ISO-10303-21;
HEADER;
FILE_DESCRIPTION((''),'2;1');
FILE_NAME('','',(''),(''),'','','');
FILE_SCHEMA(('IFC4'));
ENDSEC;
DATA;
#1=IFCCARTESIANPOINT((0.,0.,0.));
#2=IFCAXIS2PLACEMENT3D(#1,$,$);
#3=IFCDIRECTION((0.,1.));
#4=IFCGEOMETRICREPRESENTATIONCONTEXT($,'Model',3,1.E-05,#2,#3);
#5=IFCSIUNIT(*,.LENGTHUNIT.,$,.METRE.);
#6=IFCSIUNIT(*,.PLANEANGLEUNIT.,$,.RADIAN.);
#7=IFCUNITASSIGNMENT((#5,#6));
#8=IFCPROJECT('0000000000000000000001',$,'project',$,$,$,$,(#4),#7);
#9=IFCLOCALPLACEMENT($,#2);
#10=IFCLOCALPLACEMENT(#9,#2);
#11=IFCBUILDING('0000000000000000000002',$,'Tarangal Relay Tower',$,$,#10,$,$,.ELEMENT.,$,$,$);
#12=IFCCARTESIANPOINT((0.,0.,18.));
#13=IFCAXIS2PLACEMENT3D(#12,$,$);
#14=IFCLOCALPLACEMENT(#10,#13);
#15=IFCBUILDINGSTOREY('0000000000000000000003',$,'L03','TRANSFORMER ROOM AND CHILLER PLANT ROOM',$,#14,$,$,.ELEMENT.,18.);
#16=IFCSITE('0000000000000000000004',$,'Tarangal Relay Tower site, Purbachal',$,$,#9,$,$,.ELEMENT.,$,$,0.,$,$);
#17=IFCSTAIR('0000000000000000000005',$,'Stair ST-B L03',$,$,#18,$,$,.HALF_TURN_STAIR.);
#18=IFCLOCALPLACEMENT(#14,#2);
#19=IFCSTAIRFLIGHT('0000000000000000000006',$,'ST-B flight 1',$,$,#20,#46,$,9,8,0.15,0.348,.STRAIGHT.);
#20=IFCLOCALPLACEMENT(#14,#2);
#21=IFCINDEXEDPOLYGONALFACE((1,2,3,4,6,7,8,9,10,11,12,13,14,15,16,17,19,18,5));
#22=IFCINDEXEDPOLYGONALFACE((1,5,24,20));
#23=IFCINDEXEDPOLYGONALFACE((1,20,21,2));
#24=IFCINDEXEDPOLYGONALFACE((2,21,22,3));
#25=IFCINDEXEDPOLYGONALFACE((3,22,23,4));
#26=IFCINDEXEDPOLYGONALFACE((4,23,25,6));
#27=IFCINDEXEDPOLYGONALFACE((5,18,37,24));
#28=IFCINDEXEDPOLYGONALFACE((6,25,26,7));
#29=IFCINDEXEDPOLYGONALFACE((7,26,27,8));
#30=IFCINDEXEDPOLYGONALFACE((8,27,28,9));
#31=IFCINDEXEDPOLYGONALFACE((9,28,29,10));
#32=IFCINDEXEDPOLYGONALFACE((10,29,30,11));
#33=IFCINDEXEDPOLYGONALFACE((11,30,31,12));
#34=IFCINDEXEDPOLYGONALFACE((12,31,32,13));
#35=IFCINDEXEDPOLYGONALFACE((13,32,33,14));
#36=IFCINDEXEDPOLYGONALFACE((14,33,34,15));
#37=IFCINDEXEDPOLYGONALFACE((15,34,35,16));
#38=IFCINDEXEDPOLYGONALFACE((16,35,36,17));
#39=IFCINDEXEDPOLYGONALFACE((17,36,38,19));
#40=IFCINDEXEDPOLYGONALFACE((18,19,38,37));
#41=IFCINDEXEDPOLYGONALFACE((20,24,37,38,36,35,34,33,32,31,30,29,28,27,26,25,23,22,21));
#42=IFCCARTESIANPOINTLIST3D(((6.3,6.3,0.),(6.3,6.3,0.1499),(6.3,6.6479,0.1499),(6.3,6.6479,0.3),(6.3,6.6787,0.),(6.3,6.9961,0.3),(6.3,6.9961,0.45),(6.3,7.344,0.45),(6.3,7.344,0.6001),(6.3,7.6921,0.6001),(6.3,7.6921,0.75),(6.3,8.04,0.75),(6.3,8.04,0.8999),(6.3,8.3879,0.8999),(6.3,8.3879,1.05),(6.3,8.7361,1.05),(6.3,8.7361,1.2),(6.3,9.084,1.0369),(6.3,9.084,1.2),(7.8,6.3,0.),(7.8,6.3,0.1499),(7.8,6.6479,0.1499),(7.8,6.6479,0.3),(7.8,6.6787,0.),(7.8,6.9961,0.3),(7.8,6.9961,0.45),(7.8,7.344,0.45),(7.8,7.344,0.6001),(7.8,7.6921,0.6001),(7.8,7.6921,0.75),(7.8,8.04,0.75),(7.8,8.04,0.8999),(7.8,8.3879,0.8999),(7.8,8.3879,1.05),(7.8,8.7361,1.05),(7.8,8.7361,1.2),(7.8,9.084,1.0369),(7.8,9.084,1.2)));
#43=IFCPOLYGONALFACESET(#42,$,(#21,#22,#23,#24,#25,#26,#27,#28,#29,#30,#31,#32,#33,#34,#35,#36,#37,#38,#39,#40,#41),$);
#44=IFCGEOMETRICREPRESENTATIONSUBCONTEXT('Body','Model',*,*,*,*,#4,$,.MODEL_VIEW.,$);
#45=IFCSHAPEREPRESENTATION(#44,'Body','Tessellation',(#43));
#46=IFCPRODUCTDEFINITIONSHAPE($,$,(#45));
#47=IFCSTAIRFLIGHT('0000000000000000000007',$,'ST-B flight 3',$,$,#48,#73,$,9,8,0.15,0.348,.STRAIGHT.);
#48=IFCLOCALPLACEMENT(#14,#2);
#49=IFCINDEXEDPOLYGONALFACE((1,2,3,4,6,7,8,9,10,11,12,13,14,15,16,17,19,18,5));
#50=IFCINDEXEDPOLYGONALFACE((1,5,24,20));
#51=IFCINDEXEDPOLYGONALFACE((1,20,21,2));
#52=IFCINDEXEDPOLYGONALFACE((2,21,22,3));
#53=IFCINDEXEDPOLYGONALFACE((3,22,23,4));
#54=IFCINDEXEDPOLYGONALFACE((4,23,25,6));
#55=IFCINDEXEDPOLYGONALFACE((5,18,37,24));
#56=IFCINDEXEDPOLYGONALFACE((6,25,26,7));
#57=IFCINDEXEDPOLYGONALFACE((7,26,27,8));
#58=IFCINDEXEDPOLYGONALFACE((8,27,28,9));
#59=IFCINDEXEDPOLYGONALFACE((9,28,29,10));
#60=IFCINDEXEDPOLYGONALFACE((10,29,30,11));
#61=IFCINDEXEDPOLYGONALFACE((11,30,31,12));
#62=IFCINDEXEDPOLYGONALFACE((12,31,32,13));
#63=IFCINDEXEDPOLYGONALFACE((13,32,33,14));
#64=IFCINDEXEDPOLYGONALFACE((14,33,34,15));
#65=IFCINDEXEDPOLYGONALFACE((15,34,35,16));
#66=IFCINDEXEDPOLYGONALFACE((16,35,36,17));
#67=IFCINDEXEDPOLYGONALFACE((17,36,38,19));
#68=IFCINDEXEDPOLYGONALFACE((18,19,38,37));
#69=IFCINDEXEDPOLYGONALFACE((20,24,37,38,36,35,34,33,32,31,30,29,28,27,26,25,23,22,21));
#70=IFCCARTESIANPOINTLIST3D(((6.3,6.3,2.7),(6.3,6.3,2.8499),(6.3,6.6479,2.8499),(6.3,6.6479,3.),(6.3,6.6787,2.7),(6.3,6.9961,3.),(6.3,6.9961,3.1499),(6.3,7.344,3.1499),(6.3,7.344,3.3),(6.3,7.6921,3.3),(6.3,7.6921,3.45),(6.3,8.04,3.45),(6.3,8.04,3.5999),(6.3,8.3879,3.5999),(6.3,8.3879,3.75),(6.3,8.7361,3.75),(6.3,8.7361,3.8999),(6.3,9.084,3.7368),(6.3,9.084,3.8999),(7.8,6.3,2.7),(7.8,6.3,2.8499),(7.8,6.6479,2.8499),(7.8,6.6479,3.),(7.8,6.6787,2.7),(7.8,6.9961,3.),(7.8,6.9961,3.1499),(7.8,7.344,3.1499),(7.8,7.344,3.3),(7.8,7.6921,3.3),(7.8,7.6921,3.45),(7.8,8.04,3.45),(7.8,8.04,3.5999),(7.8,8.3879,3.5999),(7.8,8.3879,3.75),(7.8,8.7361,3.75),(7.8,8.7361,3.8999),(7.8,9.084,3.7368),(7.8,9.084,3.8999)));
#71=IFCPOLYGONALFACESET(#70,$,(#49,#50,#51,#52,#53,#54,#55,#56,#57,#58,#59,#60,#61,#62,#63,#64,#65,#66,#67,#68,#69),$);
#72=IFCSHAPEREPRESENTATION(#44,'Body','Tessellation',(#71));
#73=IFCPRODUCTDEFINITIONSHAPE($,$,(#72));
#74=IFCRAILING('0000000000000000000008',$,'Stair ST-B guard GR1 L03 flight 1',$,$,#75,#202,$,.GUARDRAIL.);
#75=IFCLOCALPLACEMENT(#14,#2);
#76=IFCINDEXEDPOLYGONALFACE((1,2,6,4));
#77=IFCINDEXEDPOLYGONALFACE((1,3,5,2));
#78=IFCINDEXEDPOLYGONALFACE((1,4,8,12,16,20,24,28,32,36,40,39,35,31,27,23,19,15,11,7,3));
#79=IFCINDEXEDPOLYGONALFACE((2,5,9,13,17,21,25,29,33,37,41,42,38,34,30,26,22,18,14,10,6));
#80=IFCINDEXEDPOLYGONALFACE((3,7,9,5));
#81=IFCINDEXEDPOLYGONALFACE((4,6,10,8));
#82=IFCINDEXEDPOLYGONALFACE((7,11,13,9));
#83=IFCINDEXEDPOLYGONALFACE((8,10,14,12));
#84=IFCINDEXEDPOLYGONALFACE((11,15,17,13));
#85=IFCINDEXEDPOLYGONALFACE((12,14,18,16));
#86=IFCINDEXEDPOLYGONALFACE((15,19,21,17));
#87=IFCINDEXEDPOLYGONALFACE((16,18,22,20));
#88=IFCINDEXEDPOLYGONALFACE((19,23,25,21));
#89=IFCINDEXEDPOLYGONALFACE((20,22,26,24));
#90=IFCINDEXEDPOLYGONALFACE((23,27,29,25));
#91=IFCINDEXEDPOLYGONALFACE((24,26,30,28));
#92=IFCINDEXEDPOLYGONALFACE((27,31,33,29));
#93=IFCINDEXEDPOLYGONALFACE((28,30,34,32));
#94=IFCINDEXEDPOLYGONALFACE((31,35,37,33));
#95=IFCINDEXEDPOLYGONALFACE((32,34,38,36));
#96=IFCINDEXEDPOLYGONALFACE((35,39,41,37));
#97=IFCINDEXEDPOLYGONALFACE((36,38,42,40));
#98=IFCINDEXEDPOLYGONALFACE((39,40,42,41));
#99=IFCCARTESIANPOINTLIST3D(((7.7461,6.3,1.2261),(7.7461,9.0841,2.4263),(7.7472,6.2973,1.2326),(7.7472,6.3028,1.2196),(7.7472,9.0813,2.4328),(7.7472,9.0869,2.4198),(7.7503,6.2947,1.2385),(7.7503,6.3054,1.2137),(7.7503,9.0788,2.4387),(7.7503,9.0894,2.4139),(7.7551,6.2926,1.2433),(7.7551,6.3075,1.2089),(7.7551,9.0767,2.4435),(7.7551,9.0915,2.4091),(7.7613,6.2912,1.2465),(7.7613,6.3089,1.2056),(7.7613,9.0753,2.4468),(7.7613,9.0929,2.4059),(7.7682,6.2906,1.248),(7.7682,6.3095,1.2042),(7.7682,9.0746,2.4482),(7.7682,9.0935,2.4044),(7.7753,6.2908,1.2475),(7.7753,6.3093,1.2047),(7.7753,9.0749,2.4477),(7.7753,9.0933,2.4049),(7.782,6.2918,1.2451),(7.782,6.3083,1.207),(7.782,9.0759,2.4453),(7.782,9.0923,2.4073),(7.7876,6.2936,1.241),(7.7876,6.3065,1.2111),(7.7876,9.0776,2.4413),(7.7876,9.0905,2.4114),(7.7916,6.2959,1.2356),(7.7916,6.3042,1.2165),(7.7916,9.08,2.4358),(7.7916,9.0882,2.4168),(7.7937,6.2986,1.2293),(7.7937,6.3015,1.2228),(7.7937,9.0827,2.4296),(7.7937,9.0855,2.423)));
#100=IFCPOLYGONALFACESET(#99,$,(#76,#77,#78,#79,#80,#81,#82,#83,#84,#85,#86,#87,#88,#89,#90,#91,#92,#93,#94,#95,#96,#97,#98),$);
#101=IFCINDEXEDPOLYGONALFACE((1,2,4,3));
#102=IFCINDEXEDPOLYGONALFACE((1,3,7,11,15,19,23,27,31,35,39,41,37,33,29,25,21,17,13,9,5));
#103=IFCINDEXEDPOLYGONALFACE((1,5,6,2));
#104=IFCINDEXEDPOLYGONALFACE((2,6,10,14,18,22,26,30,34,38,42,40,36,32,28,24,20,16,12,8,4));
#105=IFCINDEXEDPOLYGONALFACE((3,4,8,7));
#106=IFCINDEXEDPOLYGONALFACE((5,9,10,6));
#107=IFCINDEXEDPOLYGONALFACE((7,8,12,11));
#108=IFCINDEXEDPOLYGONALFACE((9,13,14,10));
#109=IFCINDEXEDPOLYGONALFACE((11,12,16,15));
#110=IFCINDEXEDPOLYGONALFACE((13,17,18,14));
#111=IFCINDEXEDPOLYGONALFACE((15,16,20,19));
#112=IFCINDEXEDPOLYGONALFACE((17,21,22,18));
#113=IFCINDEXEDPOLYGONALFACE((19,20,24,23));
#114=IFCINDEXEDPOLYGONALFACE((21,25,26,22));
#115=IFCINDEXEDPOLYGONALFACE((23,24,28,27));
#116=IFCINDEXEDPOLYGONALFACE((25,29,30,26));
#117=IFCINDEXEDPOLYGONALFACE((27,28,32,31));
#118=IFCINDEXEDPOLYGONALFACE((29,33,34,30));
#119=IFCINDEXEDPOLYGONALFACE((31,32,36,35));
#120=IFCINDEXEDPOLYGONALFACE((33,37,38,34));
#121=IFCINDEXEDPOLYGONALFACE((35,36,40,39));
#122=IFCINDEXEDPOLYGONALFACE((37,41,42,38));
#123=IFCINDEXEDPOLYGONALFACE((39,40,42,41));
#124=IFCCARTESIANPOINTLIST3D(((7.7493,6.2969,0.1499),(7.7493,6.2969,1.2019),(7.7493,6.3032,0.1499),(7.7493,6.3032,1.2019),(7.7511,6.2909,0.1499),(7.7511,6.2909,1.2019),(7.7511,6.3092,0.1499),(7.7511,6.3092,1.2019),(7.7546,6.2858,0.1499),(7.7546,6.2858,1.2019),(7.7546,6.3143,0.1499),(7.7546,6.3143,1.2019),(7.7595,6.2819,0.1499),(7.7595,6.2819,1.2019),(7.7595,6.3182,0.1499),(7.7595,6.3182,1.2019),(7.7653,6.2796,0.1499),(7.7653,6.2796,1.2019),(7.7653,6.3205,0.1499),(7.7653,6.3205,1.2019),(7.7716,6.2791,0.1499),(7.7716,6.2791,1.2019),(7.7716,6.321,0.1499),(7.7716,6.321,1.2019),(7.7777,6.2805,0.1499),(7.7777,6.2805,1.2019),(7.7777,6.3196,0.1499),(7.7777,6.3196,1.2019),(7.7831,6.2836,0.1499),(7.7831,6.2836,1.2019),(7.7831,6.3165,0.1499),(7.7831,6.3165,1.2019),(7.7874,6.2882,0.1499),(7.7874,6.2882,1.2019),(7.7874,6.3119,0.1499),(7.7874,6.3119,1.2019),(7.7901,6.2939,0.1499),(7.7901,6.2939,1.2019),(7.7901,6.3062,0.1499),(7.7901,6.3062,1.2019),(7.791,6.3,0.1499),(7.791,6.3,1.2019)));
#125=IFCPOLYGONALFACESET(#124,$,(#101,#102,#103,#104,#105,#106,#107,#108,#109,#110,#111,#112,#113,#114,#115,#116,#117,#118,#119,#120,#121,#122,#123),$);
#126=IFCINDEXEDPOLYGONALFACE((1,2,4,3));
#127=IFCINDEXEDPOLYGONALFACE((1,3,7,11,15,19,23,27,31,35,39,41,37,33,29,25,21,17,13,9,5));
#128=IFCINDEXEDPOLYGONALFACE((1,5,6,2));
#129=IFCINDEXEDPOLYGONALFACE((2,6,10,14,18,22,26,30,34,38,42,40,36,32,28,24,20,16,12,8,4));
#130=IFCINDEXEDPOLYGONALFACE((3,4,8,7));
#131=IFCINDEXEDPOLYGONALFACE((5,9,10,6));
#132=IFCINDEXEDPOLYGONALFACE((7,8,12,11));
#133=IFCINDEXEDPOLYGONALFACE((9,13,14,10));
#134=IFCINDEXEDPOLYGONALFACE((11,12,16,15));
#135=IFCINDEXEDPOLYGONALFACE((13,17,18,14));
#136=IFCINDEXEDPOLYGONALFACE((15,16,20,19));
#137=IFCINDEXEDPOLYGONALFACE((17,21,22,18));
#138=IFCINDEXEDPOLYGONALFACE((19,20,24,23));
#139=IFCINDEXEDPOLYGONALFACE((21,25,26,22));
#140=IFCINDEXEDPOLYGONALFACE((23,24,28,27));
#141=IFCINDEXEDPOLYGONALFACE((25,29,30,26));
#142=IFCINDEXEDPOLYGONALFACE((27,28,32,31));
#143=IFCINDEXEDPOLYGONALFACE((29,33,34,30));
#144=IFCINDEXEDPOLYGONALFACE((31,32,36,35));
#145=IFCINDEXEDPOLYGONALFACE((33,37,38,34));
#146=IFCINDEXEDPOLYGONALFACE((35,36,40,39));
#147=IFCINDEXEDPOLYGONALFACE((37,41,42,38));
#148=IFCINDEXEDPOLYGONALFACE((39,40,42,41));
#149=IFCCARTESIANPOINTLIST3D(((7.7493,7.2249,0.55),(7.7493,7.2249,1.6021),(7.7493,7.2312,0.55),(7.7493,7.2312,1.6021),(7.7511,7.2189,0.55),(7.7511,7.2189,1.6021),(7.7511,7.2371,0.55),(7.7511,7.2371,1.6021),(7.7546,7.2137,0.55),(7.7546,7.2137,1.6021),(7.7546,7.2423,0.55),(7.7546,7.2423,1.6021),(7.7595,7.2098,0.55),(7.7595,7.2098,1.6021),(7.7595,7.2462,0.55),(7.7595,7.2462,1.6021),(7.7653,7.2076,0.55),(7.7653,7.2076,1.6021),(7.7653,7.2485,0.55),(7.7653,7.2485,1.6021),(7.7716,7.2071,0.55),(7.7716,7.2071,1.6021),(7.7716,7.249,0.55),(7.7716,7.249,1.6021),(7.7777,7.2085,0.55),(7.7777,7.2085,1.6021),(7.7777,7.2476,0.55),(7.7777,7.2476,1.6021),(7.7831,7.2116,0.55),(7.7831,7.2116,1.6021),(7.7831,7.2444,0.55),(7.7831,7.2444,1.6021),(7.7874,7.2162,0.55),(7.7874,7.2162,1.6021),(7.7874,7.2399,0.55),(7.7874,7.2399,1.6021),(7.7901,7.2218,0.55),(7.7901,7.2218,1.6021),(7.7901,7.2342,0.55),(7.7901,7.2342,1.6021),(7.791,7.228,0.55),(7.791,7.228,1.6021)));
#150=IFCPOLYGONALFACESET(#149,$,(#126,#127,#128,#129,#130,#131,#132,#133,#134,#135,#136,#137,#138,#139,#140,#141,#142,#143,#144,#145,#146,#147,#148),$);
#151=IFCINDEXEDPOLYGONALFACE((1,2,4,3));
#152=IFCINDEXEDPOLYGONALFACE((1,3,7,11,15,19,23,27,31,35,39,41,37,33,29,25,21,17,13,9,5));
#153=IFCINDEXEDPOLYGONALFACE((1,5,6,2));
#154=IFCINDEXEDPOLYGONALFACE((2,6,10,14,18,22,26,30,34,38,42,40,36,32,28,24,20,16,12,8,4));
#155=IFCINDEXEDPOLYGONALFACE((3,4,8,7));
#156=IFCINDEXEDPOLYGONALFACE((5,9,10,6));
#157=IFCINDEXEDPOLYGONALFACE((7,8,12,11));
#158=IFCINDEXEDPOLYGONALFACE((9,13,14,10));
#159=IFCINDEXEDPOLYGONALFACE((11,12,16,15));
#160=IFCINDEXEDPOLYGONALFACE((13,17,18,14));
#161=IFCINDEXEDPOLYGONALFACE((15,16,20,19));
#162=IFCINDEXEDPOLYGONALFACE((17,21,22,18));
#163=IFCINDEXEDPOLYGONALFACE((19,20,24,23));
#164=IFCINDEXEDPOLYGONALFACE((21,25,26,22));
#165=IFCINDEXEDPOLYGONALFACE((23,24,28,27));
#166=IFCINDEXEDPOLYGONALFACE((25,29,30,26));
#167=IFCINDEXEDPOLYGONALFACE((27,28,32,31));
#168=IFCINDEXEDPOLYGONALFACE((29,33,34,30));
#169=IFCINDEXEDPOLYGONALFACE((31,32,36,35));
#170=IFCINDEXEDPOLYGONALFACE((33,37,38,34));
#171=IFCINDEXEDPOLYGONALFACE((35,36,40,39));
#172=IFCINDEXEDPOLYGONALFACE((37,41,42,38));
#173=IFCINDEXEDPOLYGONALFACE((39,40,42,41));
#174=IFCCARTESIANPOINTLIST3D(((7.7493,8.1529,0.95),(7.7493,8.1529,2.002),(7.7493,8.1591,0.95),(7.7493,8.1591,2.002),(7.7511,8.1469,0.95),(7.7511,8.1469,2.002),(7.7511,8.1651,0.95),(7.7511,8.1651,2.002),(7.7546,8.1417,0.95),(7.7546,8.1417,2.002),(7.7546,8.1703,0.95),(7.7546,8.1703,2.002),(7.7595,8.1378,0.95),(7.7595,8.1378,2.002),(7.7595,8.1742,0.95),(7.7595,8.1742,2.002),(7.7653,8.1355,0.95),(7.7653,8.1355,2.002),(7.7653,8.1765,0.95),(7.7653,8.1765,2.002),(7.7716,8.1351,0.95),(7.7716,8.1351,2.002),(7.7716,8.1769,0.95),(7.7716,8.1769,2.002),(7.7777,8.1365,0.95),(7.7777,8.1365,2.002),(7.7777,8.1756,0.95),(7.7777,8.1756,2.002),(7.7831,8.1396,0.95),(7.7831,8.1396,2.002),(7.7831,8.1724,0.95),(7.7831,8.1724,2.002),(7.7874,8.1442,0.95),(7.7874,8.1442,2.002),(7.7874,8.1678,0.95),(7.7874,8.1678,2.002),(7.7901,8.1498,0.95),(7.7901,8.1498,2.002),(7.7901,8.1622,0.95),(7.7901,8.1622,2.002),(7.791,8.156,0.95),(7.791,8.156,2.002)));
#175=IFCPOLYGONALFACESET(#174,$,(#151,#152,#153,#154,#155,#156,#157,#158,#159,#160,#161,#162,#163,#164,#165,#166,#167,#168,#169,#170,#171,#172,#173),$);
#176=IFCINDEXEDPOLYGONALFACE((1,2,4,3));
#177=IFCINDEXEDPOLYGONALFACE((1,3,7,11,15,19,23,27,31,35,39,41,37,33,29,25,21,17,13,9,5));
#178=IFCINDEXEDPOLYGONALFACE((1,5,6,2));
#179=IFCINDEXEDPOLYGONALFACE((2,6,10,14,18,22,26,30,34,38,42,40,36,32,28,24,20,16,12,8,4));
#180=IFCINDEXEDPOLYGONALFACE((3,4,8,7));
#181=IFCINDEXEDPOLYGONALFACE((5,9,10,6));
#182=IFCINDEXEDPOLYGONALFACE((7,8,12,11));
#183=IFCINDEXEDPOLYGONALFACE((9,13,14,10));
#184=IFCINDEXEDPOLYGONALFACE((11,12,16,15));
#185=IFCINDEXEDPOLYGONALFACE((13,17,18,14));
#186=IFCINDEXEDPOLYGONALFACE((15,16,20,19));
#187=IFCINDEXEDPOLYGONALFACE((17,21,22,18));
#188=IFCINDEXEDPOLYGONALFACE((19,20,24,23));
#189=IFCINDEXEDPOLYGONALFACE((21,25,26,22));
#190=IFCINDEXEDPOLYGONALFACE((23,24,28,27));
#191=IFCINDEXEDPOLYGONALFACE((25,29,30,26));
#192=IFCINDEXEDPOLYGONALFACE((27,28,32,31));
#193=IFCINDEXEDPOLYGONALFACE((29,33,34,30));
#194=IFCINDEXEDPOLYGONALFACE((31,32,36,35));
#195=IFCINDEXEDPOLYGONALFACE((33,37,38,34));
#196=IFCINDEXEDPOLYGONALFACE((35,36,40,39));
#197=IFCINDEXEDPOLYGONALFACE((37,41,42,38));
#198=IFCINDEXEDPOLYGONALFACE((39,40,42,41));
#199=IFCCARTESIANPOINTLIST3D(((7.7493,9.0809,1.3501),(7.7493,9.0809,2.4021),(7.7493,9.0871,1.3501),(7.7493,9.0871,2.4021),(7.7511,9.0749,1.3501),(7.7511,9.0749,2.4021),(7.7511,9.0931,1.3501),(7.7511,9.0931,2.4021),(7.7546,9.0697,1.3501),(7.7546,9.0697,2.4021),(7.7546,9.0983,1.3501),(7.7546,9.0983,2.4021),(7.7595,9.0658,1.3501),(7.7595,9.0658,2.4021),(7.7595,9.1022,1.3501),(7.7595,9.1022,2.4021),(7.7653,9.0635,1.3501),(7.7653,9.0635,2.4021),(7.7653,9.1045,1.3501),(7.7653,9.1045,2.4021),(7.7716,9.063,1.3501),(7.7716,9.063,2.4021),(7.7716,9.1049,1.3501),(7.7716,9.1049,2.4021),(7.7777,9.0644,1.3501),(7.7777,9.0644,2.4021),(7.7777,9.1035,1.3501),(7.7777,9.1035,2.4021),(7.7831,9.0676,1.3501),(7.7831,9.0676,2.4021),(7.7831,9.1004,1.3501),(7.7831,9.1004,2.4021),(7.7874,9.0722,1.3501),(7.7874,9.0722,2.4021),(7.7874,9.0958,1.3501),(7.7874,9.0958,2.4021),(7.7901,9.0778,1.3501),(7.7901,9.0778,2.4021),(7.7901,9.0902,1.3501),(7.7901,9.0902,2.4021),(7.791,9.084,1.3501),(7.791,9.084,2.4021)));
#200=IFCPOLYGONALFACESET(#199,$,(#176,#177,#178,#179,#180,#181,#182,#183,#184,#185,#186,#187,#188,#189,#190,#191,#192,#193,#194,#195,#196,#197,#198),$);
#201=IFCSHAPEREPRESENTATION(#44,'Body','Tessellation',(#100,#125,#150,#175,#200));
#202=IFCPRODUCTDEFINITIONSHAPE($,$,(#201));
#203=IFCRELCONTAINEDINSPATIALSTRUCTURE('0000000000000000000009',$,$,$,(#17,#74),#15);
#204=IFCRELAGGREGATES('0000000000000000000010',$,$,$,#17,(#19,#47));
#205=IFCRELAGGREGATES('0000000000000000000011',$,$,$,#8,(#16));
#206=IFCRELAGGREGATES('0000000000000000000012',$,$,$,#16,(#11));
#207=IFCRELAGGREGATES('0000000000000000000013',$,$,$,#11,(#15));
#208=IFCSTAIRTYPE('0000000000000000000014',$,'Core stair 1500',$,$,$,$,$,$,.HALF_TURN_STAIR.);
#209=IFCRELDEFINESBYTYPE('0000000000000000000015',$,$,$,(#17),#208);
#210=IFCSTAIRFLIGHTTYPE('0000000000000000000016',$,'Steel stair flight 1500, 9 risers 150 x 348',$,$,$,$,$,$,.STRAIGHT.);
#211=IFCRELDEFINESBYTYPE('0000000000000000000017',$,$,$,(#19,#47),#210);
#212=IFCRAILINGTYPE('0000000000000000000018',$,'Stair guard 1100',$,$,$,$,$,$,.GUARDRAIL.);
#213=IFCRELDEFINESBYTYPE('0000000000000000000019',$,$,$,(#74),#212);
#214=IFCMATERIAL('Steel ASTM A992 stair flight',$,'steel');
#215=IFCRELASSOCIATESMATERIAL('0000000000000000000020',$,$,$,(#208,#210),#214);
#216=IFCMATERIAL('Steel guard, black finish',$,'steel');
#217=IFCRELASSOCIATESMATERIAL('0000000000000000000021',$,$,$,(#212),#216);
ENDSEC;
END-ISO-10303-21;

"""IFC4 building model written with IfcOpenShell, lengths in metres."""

from ifc_helpers import new_model, si_unit, direction, frame, origin, origin_2d, place, context, subcontext, project, spatial, polyline, circle, outline, extrude, material, type_object, element, aggregate, save


model = new_model("IFC4")

# Units and contexts
model_context = context("Model", 3, precision=1e-05, world=origin(), true_north=direction((0.0, 1.0)))
body_context = subcontext(model_context, "Body", "Model", "MODEL_VIEW")
ifc_project = project(units=[si_unit("LENGTHUNIT", "METRE"), si_unit("PLANEANGLEUNIT", "RADIAN")], contexts=[model_context])

# Site, building, storey
site_placement = place(None, origin())
site = spatial("IfcSite", under=ifc_project, at=site_placement, Name="Tarangal Relay Tower site, Purbachal", CompositionType="ELEMENT", RefElevation=0.0)
building_placement = place(site_placement, origin())
building = spatial("IfcBuilding", under=site, at=building_placement, Name="Tarangal Relay Tower", CompositionType="ELEMENT")
storey_placement = place(building_placement, frame((0.0, 0.0, 18.0)))
storey = spatial("IfcBuildingStorey", under=building, at=storey_placement, Name="L03", Description="TRANSFORMER ROOM AND CHILLER PLANT ROOM", CompositionType="ELEMENT", Elevation=18.0)

# Shared definitions
ifc_material_1 = material(Name="Steel ASTM A992 stair flight", Category="steel")
stair_type = type_object("IfcStairType", Name="Core stair 1500", PredefinedType="HALF_TURN_STAIR", material=ifc_material_1)

# Stair, stair flights
stair_1_placement = place(storey_placement, origin())
stair_1 = element("IfcStair", 1, at=stair_1_placement, inside=storey, type_object=stair_type, Name="Stair ST-B L03", PredefinedType="HALF_TURN_STAIR")
stair_flight_type = type_object("IfcStairFlightType", Name="Steel stair flight 1500, 9 risers 150 x 348", PredefinedType="STRAIGHT", material=ifc_material_1)
stair_flight_1_placement = place(storey_placement, frame((7.05, 6.3, 0.0), z_axis=(0.0, 0.0, 1.0), x_axis=(0.0, 1.0, 0.0)))
stair_flight_1 = element("IfcStairFlight", 2, at=stair_flight_1_placement, type_object=stair_flight_type, Name="ST-B flight 1", NumberOfRisers=9, NumberOfTreads=8, PredefinedType="STRAIGHT", RiserHeight=0.15, TreadLength=0.348, context=body_context, shape_type="SweptSolid", body=[
    extrude(outline(polyline([(0.0, 0.0), (0.0, 0.1499), (0.3479, 0.1499), (0.3479, 0.3), (0.696, 0.3), (0.696, 0.45), (1.0439, 0.45), (1.0439, 0.6001), (1.3921, 0.6001), (1.3921, 0.75), (1.74, 0.75), (1.74, 0.8999), (2.0879, 0.8999), (2.0879, 1.05), (2.436, 1.05), (2.436, 1.2), (2.7839, 1.2), (2.7839, 1.3501), (2.7839, 1.0369), (0.3787, 0.0), (0.0, 0.0)])), frame((0.0, 0.75, 0.0), z_axis=(0.0, -1.0, 0.0), x_axis=(1.0, 0.0, 0.0)), (0.0, 0.0, 1.0), 1.5),
])
stair_flight_2_placement = place(storey_placement, frame((7.05, 6.3, 2.7), z_axis=(0.0, 0.0, 1.0), x_axis=(0.0, 1.0, 0.0)))
stair_flight_2 = element("IfcStairFlight", 3, at=stair_flight_2_placement, type_object=stair_flight_type, Name="ST-B flight 3", NumberOfRisers=9, NumberOfTreads=8, PredefinedType="STRAIGHT", RiserHeight=0.15, TreadLength=0.348, context=body_context, shape_type="SweptSolid", body=[
    extrude(outline(polyline([(0.0, 0.0), (0.0, 0.1499), (0.3479, 0.1499), (0.3479, 0.3), (0.696, 0.3), (0.696, 0.45), (1.0439, 0.45), (1.0439, 0.6001), (1.3921, 0.6001), (1.3921, 0.75), (1.74, 0.75), (1.74, 0.8999), (2.0879, 0.8999), (2.0879, 1.05), (2.436, 1.05), (2.436, 1.2), (2.7839, 1.2), (2.7839, 1.3501), (2.7839, 1.0369), (0.3787, 0.0), (0.0, 0.0)])), frame((0.0, 0.75, 0.0), z_axis=(0.0, -1.0, 0.0), x_axis=(1.0, 0.0, 0.0)), (0.0, 0.0, 1.0), 1.5),
])
aggregate(stair_1, [stair_flight_1, stair_flight_2])

# Railing
ifc_material_2 = material(Name="Steel guard, black finish", Category="steel")
railing_type_1 = type_object("IfcRailingType", Name="Stair guard 1100", PredefinedType="GUARDRAIL", material=ifc_material_2)
railing_1_placement = place(storey_placement, frame((7.77, 6.3, 0.1499)))
element("IfcRailing", 4, at=railing_1_placement, inside=storey, type_object=railing_type_1, Name="Stair ST-B guard GR1 L03 flight 1", PredefinedType="GUARDRAIL", context=body_context, shape_type="SweptSolid", body=[
    extrude(circle(Radius=0.0239, at=origin_2d()), frame((0.0, 0.0, 1.0762), z_axis=(0.0, 0.918297, 0.395891), x_axis=(-1.0, 0.0, 0.0)), (0.0, 0.0, 1.0), 3.0317),
    extrude(circle(Radius=0.021, at=origin_2d()), origin(), (0.0, 0.0, 1.0), 1.052),
    extrude(circle(Radius=0.021, at=origin_2d()), frame((0.0, 0.928, 0.4001)), (0.0, 0.0, 1.0), 1.052),
    extrude(circle(Radius=0.021, at=origin_2d()), frame((0.0, 1.856, 0.8)), (0.0, 0.0, 1.0), 1.052),
    extrude(circle(Radius=0.021, at=origin_2d()), frame((0.0, 2.7839, 1.2002)), (0.0, 0.0, 1.0), 1.052),
])

save(model, "model.ifc")
